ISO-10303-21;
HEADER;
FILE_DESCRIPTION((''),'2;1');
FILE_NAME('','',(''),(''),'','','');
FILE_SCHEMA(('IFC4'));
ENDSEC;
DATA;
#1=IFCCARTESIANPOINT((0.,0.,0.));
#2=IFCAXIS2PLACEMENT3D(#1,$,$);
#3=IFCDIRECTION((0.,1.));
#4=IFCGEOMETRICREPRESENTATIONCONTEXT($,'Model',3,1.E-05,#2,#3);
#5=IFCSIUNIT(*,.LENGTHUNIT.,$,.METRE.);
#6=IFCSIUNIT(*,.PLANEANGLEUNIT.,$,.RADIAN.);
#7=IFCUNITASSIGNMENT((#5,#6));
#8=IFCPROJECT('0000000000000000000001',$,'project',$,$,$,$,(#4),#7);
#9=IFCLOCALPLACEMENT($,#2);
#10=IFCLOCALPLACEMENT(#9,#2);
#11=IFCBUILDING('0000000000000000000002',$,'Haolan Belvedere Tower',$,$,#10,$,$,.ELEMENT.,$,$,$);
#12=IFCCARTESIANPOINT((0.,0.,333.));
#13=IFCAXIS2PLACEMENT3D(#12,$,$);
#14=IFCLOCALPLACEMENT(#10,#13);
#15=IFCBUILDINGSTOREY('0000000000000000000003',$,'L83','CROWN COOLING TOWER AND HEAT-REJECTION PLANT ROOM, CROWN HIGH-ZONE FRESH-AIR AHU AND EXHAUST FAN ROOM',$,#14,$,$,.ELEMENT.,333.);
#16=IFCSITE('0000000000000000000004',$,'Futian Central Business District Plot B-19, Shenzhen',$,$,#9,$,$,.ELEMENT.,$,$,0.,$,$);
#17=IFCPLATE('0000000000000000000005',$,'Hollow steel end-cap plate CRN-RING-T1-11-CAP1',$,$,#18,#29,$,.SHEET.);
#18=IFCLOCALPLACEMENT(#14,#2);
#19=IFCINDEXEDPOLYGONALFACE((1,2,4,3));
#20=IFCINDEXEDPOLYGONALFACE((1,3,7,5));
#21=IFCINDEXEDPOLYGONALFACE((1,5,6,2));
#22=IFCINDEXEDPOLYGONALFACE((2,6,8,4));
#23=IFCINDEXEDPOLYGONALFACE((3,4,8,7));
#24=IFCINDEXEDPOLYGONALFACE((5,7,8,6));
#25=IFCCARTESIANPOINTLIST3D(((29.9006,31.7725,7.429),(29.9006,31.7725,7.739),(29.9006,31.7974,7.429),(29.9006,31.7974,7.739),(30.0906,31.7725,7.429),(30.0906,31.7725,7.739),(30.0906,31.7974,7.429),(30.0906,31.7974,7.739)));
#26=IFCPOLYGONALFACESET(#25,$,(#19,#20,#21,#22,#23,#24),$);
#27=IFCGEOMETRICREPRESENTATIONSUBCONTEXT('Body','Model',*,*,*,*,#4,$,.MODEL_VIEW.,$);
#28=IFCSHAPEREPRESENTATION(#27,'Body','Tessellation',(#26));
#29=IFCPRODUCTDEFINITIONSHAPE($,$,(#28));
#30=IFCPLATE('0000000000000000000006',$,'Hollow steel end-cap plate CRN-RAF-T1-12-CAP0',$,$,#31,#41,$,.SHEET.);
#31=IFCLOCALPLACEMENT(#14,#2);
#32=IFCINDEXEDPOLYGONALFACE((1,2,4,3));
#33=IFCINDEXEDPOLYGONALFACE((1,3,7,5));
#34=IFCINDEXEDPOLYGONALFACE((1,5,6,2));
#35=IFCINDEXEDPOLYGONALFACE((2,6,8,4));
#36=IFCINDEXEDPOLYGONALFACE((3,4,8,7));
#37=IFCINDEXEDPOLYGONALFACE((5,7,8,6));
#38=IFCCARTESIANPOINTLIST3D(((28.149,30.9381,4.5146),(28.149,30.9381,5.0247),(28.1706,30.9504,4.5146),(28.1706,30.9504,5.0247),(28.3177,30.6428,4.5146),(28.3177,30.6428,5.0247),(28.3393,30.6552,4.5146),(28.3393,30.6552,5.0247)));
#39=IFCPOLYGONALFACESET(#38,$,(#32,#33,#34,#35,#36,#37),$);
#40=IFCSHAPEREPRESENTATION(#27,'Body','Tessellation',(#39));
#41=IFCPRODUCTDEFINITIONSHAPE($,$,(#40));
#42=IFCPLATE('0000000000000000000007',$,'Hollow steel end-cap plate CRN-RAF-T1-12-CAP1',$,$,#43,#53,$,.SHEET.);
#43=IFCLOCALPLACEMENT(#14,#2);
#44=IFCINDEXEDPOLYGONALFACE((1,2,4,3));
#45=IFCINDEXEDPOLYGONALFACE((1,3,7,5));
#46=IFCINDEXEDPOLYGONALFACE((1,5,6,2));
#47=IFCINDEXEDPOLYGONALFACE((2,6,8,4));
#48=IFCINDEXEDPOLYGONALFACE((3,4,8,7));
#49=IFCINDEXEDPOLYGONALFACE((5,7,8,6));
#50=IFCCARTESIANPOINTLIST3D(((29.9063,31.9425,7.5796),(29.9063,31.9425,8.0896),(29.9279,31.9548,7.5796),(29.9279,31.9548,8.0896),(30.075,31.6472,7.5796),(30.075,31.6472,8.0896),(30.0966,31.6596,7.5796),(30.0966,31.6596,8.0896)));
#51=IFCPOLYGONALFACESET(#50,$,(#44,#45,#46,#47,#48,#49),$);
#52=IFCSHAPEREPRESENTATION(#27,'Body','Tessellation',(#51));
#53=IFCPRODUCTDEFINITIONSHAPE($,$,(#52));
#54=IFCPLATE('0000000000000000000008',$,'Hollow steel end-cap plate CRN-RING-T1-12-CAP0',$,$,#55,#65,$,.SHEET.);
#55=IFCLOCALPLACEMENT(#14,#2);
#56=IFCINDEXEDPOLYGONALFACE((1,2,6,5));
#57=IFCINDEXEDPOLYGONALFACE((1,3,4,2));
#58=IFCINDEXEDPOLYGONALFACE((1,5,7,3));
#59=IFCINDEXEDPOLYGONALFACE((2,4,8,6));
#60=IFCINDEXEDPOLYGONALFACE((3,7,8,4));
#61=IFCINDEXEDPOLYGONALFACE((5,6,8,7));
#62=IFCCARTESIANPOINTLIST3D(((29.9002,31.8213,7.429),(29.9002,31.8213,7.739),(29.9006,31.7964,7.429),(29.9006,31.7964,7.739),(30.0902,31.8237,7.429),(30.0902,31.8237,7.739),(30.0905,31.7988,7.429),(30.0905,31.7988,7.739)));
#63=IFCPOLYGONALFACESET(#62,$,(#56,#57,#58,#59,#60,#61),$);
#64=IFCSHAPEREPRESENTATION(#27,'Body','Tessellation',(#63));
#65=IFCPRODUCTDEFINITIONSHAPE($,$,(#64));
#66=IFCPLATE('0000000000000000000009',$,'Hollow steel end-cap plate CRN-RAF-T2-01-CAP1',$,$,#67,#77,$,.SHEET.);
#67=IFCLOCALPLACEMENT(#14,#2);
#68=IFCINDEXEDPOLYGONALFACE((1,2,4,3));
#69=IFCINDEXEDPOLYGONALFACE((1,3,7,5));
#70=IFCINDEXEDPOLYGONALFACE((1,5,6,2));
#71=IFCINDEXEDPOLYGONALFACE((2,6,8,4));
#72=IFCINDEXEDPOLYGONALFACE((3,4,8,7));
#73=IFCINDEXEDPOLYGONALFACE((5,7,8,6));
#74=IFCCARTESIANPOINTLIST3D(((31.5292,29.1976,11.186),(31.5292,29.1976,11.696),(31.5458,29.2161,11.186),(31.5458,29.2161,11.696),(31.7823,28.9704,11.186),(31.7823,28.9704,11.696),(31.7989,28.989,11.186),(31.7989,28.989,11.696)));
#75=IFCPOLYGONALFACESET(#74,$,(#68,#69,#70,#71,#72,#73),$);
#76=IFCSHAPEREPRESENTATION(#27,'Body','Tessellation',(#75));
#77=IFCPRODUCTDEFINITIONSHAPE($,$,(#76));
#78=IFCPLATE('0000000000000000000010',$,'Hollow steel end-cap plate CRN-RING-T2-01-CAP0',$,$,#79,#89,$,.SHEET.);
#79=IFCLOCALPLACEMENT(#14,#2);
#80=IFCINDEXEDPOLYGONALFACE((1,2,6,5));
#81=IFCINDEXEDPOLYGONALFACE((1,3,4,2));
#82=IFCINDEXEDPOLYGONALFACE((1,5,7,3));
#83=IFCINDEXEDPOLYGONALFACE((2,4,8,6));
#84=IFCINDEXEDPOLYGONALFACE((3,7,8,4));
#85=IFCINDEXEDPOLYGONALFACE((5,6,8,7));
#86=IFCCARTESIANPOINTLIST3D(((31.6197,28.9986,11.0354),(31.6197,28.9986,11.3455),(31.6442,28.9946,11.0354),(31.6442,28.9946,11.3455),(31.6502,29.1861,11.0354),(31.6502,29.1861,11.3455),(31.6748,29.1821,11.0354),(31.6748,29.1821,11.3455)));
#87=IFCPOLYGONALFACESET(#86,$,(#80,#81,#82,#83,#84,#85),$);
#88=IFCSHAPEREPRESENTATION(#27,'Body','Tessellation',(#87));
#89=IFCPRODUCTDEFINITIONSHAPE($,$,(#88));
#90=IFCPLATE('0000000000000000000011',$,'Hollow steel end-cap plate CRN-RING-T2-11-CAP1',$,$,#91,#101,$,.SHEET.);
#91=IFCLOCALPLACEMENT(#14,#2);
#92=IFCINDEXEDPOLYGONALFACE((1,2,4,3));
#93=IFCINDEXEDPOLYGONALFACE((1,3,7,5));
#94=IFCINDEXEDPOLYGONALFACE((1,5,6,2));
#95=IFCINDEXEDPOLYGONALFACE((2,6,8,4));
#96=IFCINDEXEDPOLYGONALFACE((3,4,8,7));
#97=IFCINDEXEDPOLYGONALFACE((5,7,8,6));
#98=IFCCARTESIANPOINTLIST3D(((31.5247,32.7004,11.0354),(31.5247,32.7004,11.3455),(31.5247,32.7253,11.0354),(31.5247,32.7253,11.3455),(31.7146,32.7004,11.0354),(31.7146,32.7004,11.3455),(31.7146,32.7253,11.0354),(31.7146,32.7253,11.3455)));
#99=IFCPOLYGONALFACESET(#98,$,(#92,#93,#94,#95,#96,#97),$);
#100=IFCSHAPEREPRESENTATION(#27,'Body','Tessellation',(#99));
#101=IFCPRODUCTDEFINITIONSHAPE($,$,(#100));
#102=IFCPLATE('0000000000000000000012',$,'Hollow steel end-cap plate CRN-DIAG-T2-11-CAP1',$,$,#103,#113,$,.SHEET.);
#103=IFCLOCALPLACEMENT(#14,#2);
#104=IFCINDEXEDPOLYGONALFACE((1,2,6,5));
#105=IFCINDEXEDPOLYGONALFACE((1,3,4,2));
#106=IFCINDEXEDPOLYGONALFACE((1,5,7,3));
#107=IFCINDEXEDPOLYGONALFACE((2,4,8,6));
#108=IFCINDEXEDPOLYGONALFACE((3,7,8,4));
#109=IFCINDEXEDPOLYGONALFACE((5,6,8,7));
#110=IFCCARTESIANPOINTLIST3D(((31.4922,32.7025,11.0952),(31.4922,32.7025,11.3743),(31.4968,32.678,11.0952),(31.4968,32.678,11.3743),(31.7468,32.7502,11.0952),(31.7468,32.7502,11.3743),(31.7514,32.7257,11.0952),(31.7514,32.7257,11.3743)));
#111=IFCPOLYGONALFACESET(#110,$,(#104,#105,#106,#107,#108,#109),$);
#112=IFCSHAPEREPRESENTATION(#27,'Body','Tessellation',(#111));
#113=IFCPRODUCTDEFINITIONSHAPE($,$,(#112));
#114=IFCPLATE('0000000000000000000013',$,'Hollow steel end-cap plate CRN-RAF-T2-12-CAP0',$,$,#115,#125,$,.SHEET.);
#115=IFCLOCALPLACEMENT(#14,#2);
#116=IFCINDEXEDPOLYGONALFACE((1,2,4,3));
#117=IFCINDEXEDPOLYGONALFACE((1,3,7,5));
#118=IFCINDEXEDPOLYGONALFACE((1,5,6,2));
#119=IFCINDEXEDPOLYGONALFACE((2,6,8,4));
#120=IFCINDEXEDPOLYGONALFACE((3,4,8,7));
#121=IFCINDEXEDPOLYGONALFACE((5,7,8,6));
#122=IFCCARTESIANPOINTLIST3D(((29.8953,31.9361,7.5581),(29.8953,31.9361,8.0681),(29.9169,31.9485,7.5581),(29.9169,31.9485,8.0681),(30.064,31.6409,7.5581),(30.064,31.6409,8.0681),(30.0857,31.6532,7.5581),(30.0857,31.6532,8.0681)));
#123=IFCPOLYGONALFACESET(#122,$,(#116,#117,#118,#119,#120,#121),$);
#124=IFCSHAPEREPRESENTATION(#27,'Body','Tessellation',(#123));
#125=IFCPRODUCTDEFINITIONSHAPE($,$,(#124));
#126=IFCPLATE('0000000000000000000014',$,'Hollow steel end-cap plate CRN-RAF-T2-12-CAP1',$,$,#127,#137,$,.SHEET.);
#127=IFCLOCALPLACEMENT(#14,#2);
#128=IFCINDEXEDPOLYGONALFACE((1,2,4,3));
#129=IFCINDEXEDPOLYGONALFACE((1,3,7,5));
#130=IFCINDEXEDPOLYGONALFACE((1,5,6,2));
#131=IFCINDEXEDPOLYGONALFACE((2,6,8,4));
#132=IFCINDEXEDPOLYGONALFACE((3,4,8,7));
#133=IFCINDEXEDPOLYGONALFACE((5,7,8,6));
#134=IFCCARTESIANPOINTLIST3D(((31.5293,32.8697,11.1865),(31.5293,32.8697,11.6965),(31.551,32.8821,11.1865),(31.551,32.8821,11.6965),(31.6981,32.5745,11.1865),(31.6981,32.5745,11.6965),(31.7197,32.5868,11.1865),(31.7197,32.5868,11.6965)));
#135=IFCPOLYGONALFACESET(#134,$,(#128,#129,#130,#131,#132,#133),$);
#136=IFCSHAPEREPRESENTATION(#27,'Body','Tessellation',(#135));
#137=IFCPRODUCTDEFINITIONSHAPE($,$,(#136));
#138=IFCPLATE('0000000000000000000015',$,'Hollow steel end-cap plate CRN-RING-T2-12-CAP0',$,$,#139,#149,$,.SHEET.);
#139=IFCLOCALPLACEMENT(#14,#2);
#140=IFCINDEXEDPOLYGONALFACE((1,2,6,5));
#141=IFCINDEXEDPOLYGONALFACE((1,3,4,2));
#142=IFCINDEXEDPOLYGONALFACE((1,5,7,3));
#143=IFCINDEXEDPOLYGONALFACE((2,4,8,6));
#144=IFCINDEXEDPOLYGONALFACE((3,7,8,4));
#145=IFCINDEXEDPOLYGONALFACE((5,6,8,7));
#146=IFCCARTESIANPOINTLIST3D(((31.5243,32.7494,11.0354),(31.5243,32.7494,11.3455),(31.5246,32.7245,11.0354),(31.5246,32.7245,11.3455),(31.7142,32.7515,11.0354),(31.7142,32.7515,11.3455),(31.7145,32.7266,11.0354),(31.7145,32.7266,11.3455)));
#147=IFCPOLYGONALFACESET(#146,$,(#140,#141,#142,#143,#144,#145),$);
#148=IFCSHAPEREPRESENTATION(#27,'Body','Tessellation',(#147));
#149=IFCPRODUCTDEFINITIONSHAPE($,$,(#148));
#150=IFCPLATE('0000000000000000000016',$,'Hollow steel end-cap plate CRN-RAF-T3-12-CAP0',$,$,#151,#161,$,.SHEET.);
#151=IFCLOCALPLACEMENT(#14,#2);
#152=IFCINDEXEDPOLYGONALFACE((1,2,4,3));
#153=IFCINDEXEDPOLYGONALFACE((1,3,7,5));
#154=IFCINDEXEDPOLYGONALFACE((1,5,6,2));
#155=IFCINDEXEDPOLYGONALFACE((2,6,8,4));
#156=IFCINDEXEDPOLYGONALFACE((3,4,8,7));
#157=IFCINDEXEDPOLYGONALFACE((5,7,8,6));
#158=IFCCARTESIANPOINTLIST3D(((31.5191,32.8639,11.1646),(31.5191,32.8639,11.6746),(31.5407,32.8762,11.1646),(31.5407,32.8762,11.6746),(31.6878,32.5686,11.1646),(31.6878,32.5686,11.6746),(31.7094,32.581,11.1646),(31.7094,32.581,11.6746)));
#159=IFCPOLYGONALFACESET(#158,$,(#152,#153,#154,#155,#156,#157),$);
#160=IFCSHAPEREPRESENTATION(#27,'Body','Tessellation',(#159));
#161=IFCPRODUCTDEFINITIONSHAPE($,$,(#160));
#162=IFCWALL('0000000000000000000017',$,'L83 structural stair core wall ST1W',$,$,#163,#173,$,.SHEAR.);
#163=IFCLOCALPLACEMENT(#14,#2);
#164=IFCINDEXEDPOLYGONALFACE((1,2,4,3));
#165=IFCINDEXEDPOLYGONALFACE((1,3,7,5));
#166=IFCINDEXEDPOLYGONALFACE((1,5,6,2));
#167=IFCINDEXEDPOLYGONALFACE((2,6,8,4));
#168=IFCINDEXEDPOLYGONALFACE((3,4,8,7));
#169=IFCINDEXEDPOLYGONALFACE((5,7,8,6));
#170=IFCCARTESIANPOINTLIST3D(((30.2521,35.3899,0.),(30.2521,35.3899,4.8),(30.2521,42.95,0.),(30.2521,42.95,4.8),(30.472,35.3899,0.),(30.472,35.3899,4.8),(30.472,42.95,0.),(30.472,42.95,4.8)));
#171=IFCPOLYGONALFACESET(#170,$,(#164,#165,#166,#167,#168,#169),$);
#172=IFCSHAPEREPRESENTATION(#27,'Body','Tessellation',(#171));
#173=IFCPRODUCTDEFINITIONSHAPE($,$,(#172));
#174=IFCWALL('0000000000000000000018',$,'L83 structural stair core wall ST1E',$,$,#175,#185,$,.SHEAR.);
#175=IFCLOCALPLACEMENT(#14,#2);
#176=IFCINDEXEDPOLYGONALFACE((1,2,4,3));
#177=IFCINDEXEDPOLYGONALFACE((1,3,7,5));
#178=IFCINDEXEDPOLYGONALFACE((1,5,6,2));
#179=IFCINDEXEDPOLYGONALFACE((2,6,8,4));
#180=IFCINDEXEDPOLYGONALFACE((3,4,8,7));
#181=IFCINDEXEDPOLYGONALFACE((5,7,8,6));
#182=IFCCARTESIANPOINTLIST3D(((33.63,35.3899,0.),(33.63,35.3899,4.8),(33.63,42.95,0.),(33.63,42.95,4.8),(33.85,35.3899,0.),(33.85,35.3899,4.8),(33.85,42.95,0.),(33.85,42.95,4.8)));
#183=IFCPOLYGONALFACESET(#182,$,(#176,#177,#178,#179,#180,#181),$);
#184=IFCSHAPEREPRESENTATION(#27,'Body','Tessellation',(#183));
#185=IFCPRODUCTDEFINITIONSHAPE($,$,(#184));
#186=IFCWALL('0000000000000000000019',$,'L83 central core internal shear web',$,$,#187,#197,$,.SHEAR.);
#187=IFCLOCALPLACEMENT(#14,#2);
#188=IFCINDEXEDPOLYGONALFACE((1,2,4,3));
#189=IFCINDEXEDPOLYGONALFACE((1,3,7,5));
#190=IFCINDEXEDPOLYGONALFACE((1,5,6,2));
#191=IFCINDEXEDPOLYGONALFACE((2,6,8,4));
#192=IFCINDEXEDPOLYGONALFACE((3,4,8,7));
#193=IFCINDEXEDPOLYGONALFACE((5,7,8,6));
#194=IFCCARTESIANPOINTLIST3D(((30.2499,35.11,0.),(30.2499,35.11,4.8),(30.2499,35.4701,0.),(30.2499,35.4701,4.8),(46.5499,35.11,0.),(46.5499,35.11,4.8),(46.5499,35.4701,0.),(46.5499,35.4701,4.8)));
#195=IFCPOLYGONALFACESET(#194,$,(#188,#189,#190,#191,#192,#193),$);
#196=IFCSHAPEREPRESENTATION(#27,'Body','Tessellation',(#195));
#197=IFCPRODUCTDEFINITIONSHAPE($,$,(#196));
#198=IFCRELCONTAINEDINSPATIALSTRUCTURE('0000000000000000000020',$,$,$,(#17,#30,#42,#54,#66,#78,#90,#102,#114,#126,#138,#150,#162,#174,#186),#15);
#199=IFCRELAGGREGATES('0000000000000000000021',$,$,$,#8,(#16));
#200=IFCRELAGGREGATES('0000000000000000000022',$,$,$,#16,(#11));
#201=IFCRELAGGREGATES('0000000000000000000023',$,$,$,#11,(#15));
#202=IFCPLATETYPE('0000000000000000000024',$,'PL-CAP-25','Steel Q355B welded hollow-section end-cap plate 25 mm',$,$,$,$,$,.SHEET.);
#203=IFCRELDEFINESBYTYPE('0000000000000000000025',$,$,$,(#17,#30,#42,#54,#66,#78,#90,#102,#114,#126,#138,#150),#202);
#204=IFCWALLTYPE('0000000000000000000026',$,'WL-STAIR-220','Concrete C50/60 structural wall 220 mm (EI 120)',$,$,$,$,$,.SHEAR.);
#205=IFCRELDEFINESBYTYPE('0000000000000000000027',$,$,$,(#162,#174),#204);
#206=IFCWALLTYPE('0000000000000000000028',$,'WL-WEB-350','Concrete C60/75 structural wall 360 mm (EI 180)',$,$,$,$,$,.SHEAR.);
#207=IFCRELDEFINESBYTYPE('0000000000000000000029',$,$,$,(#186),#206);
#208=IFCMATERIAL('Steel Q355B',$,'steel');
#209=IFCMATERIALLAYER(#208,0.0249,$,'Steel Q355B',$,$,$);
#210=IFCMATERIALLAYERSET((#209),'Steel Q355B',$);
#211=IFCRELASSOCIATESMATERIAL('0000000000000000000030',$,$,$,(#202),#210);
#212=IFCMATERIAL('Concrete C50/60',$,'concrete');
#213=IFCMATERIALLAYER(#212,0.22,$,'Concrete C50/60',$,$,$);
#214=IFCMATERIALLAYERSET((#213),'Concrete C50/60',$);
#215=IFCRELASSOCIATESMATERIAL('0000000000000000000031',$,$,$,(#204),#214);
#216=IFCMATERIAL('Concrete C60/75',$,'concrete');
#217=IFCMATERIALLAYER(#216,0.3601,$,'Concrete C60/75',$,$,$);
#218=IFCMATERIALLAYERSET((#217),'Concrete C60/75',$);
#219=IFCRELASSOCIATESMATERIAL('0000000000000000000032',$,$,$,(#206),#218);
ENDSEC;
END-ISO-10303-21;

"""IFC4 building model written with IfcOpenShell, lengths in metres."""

from ifc_helpers import new_model, si_unit, direction, frame, frame_2d, origin, origin_2d, place, context, subcontext, project, spatial, rectangle, extrude, material, layer, layer_set, type_object, element, save


model = new_model("IFC4")

# Units and contexts
model_context = context("Model", 3, precision=1e-05, world=origin(), true_north=direction((0.0, 1.0)))
body_context = subcontext(model_context, "Body", "Model", "MODEL_VIEW")
ifc_project = project(units=[si_unit("LENGTHUNIT", "METRE"), si_unit("PLANEANGLEUNIT", "RADIAN")], contexts=[model_context])

# Site, building, storey
site_placement = place(None, origin())
site = spatial("IfcSite", under=ifc_project, at=site_placement, Name="Futian Central Business District Plot B-19, Shenzhen", CompositionType="ELEMENT", RefElevation=0.0)
building_placement = place(site_placement, origin())
building = spatial("IfcBuilding", under=site, at=building_placement, Name="Haolan Belvedere Tower", CompositionType="ELEMENT")
storey_placement = place(building_placement, frame((0.0, 0.0, 333.0)))
storey = spatial("IfcBuildingStorey", under=building, at=storey_placement, Name="L83", Description="CROWN COOLING TOWER AND HEAT-REJECTION PLANT ROOM, CROWN HIGH-ZONE FRESH-AIR AHU AND EXHAUST FAN ROOM", CompositionType="ELEMENT", Elevation=333.0)

# Shared definitions
ifc_material_1 = material(Name="Steel Q355B", Category="steel")

# Plates
ifc_layer_1 = layer(ifc_material_1, 0.0249, Name="Steel Q355B")
ifc_layer_set_1 = layer_set([ifc_layer_1], Name="Steel Q355B")
plate_type = type_object("IfcPlateType", Name="PL-CAP-25", Description="Steel Q355B welded hollow-section end-cap plate 25 mm", PredefinedType="SHEET", material=ifc_layer_set_1)
plate_1_placement = place(storey_placement, frame((29.9956, 31.7849, 7.429), z_axis=(0.0, 0.0, 1.0), x_axis=(1.0, 0.0, 0.0)))
element("IfcPlate", 1, at=plate_1_placement, inside=storey, type_object=plate_type, Name="Hollow steel end-cap plate CRN-RING-T1-11-CAP1", PredefinedType="SHEET", context=body_context, shape_type="SweptSolid", body=[
    extrude(rectangle(XDim=0.1899, YDim=0.0249, at=origin_2d()), origin(), (0.0, 0.0, 1.0), 0.3101),
])
for number, where, z_axis, x_axis, name in (
    (2, (28.2441, 30.7966, 4.5146), (0.0, 0.0, 1.0), (0.496141, -0.868242, 0.0), "Hollow steel end-cap plate CRN-RAF-T1-12-CAP0"),
    (3, (30.0015, 31.801, 7.5796), (0.0, 0.0, 1.0), (-0.496141, 0.868242, 0.0), "Hollow steel end-cap plate CRN-RAF-T1-12-CAP1"),
):
    element("IfcPlate", number, at=place(storey_placement, frame(where, z_axis=z_axis, x_axis=x_axis)), inside=storey, type_object=plate_type, Name=name, PredefinedType="SHEET", context=body_context, shape_type="SweptSolid", body=[
        extrude(rectangle(XDim=0.3401, YDim=0.0249, at=origin_2d()), origin(), (0.0, 0.0, 1.0), 0.51),
    ])
plate_2_placement = place(storey_placement, frame((29.9954, 31.8101, 7.429), z_axis=(0.0, 0.0, 1.0), x_axis=(-0.999923, -0.012409, 0.0)))
element("IfcPlate", 4, at=plate_2_placement, inside=storey, type_object=plate_type, Name="Hollow steel end-cap plate CRN-RING-T1-12-CAP0", PredefinedType="SHEET", context=body_context, shape_type="SweptSolid", body=[
    extrude(rectangle(XDim=0.1899, YDim=0.0249, at=origin_2d()), origin(), (0.0, 0.0, 1.0), 0.3101),
])
plate_3_placement = place(storey_placement, frame((31.6641, 29.0933, 11.186), z_axis=(0.0, 0.0, 1.0), x_axis=(-0.744288, 0.667859, 0.0)))
element("IfcPlate", 5, at=plate_3_placement, inside=storey, type_object=plate_type, Name="Hollow steel end-cap plate CRN-RAF-T2-01-CAP1", PredefinedType="SHEET", context=body_context, shape_type="SweptSolid", body=[
    extrude(rectangle(XDim=0.3401, YDim=0.0249, at=origin_2d()), origin(), (0.0, 0.0, 1.0), 0.51),
])
for number, where, z_axis, x_axis, name in (
    (6, (31.6472, 29.0903, 11.0354), (0.0, 0.0, 1.0), (-0.160794, -0.986988, 0.0), "Hollow steel end-cap plate CRN-RING-T2-01-CAP0"),
    (7, (31.6196, 32.7129, 11.0354), (0.0, 0.0, 1.0), (1.0, 0.0, 0.0), "Hollow steel end-cap plate CRN-RING-T2-11-CAP1"),
):
    element("IfcPlate", number, at=place(storey_placement, frame(where, z_axis=z_axis, x_axis=x_axis)), inside=storey, type_object=plate_type, Name=name, PredefinedType="SHEET", context=body_context, shape_type="SweptSolid", body=[
        extrude(rectangle(XDim=0.1899, YDim=0.0249, at=origin_2d()), origin(), (0.0, 0.0, 1.0), 0.3101),
    ])
plate_4_placement = place(storey_placement, frame((31.6218, 32.7141, 11.0952), z_axis=(0.0, 0.0, 1.0), x_axis=(0.982932, 0.183969, 0.0)))
element("IfcPlate", 8, at=plate_4_placement, inside=storey, type_object=plate_type, Name="Hollow steel end-cap plate CRN-DIAG-T2-11-CAP1", PredefinedType="SHEET", context=body_context, shape_type="SweptSolid", body=[
    extrude(rectangle(XDim=0.259, YDim=0.0249, at=origin_2d()), origin(), (0.0, 0.0, 1.0), 0.2791),
])
for number, where, z_axis, x_axis, name in (
    (9, (29.9905, 31.7947, 7.5581), (0.0, 0.0, 1.0), (0.496141, -0.868242, 0.0), "Hollow steel end-cap plate CRN-RAF-T2-12-CAP0"),
    (10, (31.6245, 32.7283, 11.1865), (0.0, 0.0, 1.0), (-0.496141, 0.868242, 0.0), "Hollow steel end-cap plate CRN-RAF-T2-12-CAP1"),
):
    element("IfcPlate", number, at=place(storey_placement, frame(where, z_axis=z_axis, x_axis=x_axis)), inside=storey, type_object=plate_type, Name=name, PredefinedType="SHEET", context=body_context, shape_type="SweptSolid", body=[
        extrude(rectangle(XDim=0.3401, YDim=0.0249, at=origin_2d()), origin(), (0.0, 0.0, 1.0), 0.51),
    ])
plate_5_placement = place(storey_placement, frame((31.6194, 32.738, 11.0354), z_axis=(0.0, 0.0, 1.0), x_axis=(-0.99994, -0.01096, 0.0)))
element("IfcPlate", 11, at=plate_5_placement, inside=storey, type_object=plate_type, Name="Hollow steel end-cap plate CRN-RING-T2-12-CAP0", PredefinedType="SHEET", context=body_context, shape_type="SweptSolid", body=[
    extrude(rectangle(XDim=0.1899, YDim=0.0249, at=origin_2d()), origin(), (0.0, 0.0, 1.0), 0.3101),
])
plate_6_placement = place(storey_placement, frame((31.6143, 32.7224, 11.1646), z_axis=(0.0, 0.0, 1.0), x_axis=(0.496141, -0.868242, 0.0)))
element("IfcPlate", 12, at=plate_6_placement, inside=storey, type_object=plate_type, Name="Hollow steel end-cap plate CRN-RAF-T3-12-CAP0", PredefinedType="SHEET", context=body_context, shape_type="SweptSolid", body=[
    extrude(rectangle(XDim=0.3401, YDim=0.0249, at=origin_2d()), origin(), (0.0, 0.0, 1.0), 0.51),
])

# Walls
ifc_material_2 = material(Name="Concrete C50/60", Category="concrete")
ifc_layer_2 = layer(ifc_material_2, 0.22, Name="Concrete C50/60")
ifc_layer_set_2 = layer_set([ifc_layer_2], Name="Concrete C50/60")
wall_type_1 = type_object("IfcWallType", Name="WL-STAIR-220", Description="Concrete C50/60 structural wall 220 mm (EI 120)", PredefinedType="SHEAR", material=ifc_layer_set_2)
for number, where, z_axis, x_axis, name in (
    (13, (30.3621, 35.3899, 0.0), (0.0, 0.0, 1.0), (0.0, 1.0, 0.0), "L83 structural stair core wall ST1W"),
    (14, (33.74, 35.3899, 0.0), (0.0, 0.0, 1.0), (0.0, 1.0, 0.0), "L83 structural stair core wall ST1E"),
):
    element("IfcWall", number, at=place(storey_placement, frame(where, z_axis=z_axis, x_axis=x_axis)), inside=storey, type_object=wall_type_1, Name=name, PredefinedType="SHEAR", context=body_context, shape_type="SweptSolid", body=[
        extrude(rectangle(XDim=7.5601, YDim=0.22, at=frame_2d((3.78, 0.0))), origin(), (0.0, 0.0, 1.0), 4.8),
    ])
ifc_material_3 = material(Name="Concrete C60/75", Category="concrete")
ifc_layer_3 = layer(ifc_material_3, 0.3601, Name="Concrete C60/75")
ifc_layer_set_3 = layer_set([ifc_layer_3], Name="Concrete C60/75")
wall_type_2 = type_object("IfcWallType", Name="WL-WEB-350", Description="Concrete C60/75 structural wall 360 mm (EI 180)", PredefinedType="SHEAR", material=ifc_layer_set_3)
wall_placement = place(storey_placement, frame((30.25, 35.29, 0.0), z_axis=(0.0, 0.0, 1.0), x_axis=(1.0, 0.0, 0.0)))
element("IfcWall", 15, at=wall_placement, inside=storey, type_object=wall_type_2, Name="L83 central core internal shear web", PredefinedType="SHEAR", context=body_context, shape_type="SweptSolid", body=[
    extrude(rectangle(XDim=16.3, YDim=0.3601, at=frame_2d((8.1499, 0.0))), origin(), (0.0, 0.0, 1.0), 4.8),
])

save(model, "model.ifc")
